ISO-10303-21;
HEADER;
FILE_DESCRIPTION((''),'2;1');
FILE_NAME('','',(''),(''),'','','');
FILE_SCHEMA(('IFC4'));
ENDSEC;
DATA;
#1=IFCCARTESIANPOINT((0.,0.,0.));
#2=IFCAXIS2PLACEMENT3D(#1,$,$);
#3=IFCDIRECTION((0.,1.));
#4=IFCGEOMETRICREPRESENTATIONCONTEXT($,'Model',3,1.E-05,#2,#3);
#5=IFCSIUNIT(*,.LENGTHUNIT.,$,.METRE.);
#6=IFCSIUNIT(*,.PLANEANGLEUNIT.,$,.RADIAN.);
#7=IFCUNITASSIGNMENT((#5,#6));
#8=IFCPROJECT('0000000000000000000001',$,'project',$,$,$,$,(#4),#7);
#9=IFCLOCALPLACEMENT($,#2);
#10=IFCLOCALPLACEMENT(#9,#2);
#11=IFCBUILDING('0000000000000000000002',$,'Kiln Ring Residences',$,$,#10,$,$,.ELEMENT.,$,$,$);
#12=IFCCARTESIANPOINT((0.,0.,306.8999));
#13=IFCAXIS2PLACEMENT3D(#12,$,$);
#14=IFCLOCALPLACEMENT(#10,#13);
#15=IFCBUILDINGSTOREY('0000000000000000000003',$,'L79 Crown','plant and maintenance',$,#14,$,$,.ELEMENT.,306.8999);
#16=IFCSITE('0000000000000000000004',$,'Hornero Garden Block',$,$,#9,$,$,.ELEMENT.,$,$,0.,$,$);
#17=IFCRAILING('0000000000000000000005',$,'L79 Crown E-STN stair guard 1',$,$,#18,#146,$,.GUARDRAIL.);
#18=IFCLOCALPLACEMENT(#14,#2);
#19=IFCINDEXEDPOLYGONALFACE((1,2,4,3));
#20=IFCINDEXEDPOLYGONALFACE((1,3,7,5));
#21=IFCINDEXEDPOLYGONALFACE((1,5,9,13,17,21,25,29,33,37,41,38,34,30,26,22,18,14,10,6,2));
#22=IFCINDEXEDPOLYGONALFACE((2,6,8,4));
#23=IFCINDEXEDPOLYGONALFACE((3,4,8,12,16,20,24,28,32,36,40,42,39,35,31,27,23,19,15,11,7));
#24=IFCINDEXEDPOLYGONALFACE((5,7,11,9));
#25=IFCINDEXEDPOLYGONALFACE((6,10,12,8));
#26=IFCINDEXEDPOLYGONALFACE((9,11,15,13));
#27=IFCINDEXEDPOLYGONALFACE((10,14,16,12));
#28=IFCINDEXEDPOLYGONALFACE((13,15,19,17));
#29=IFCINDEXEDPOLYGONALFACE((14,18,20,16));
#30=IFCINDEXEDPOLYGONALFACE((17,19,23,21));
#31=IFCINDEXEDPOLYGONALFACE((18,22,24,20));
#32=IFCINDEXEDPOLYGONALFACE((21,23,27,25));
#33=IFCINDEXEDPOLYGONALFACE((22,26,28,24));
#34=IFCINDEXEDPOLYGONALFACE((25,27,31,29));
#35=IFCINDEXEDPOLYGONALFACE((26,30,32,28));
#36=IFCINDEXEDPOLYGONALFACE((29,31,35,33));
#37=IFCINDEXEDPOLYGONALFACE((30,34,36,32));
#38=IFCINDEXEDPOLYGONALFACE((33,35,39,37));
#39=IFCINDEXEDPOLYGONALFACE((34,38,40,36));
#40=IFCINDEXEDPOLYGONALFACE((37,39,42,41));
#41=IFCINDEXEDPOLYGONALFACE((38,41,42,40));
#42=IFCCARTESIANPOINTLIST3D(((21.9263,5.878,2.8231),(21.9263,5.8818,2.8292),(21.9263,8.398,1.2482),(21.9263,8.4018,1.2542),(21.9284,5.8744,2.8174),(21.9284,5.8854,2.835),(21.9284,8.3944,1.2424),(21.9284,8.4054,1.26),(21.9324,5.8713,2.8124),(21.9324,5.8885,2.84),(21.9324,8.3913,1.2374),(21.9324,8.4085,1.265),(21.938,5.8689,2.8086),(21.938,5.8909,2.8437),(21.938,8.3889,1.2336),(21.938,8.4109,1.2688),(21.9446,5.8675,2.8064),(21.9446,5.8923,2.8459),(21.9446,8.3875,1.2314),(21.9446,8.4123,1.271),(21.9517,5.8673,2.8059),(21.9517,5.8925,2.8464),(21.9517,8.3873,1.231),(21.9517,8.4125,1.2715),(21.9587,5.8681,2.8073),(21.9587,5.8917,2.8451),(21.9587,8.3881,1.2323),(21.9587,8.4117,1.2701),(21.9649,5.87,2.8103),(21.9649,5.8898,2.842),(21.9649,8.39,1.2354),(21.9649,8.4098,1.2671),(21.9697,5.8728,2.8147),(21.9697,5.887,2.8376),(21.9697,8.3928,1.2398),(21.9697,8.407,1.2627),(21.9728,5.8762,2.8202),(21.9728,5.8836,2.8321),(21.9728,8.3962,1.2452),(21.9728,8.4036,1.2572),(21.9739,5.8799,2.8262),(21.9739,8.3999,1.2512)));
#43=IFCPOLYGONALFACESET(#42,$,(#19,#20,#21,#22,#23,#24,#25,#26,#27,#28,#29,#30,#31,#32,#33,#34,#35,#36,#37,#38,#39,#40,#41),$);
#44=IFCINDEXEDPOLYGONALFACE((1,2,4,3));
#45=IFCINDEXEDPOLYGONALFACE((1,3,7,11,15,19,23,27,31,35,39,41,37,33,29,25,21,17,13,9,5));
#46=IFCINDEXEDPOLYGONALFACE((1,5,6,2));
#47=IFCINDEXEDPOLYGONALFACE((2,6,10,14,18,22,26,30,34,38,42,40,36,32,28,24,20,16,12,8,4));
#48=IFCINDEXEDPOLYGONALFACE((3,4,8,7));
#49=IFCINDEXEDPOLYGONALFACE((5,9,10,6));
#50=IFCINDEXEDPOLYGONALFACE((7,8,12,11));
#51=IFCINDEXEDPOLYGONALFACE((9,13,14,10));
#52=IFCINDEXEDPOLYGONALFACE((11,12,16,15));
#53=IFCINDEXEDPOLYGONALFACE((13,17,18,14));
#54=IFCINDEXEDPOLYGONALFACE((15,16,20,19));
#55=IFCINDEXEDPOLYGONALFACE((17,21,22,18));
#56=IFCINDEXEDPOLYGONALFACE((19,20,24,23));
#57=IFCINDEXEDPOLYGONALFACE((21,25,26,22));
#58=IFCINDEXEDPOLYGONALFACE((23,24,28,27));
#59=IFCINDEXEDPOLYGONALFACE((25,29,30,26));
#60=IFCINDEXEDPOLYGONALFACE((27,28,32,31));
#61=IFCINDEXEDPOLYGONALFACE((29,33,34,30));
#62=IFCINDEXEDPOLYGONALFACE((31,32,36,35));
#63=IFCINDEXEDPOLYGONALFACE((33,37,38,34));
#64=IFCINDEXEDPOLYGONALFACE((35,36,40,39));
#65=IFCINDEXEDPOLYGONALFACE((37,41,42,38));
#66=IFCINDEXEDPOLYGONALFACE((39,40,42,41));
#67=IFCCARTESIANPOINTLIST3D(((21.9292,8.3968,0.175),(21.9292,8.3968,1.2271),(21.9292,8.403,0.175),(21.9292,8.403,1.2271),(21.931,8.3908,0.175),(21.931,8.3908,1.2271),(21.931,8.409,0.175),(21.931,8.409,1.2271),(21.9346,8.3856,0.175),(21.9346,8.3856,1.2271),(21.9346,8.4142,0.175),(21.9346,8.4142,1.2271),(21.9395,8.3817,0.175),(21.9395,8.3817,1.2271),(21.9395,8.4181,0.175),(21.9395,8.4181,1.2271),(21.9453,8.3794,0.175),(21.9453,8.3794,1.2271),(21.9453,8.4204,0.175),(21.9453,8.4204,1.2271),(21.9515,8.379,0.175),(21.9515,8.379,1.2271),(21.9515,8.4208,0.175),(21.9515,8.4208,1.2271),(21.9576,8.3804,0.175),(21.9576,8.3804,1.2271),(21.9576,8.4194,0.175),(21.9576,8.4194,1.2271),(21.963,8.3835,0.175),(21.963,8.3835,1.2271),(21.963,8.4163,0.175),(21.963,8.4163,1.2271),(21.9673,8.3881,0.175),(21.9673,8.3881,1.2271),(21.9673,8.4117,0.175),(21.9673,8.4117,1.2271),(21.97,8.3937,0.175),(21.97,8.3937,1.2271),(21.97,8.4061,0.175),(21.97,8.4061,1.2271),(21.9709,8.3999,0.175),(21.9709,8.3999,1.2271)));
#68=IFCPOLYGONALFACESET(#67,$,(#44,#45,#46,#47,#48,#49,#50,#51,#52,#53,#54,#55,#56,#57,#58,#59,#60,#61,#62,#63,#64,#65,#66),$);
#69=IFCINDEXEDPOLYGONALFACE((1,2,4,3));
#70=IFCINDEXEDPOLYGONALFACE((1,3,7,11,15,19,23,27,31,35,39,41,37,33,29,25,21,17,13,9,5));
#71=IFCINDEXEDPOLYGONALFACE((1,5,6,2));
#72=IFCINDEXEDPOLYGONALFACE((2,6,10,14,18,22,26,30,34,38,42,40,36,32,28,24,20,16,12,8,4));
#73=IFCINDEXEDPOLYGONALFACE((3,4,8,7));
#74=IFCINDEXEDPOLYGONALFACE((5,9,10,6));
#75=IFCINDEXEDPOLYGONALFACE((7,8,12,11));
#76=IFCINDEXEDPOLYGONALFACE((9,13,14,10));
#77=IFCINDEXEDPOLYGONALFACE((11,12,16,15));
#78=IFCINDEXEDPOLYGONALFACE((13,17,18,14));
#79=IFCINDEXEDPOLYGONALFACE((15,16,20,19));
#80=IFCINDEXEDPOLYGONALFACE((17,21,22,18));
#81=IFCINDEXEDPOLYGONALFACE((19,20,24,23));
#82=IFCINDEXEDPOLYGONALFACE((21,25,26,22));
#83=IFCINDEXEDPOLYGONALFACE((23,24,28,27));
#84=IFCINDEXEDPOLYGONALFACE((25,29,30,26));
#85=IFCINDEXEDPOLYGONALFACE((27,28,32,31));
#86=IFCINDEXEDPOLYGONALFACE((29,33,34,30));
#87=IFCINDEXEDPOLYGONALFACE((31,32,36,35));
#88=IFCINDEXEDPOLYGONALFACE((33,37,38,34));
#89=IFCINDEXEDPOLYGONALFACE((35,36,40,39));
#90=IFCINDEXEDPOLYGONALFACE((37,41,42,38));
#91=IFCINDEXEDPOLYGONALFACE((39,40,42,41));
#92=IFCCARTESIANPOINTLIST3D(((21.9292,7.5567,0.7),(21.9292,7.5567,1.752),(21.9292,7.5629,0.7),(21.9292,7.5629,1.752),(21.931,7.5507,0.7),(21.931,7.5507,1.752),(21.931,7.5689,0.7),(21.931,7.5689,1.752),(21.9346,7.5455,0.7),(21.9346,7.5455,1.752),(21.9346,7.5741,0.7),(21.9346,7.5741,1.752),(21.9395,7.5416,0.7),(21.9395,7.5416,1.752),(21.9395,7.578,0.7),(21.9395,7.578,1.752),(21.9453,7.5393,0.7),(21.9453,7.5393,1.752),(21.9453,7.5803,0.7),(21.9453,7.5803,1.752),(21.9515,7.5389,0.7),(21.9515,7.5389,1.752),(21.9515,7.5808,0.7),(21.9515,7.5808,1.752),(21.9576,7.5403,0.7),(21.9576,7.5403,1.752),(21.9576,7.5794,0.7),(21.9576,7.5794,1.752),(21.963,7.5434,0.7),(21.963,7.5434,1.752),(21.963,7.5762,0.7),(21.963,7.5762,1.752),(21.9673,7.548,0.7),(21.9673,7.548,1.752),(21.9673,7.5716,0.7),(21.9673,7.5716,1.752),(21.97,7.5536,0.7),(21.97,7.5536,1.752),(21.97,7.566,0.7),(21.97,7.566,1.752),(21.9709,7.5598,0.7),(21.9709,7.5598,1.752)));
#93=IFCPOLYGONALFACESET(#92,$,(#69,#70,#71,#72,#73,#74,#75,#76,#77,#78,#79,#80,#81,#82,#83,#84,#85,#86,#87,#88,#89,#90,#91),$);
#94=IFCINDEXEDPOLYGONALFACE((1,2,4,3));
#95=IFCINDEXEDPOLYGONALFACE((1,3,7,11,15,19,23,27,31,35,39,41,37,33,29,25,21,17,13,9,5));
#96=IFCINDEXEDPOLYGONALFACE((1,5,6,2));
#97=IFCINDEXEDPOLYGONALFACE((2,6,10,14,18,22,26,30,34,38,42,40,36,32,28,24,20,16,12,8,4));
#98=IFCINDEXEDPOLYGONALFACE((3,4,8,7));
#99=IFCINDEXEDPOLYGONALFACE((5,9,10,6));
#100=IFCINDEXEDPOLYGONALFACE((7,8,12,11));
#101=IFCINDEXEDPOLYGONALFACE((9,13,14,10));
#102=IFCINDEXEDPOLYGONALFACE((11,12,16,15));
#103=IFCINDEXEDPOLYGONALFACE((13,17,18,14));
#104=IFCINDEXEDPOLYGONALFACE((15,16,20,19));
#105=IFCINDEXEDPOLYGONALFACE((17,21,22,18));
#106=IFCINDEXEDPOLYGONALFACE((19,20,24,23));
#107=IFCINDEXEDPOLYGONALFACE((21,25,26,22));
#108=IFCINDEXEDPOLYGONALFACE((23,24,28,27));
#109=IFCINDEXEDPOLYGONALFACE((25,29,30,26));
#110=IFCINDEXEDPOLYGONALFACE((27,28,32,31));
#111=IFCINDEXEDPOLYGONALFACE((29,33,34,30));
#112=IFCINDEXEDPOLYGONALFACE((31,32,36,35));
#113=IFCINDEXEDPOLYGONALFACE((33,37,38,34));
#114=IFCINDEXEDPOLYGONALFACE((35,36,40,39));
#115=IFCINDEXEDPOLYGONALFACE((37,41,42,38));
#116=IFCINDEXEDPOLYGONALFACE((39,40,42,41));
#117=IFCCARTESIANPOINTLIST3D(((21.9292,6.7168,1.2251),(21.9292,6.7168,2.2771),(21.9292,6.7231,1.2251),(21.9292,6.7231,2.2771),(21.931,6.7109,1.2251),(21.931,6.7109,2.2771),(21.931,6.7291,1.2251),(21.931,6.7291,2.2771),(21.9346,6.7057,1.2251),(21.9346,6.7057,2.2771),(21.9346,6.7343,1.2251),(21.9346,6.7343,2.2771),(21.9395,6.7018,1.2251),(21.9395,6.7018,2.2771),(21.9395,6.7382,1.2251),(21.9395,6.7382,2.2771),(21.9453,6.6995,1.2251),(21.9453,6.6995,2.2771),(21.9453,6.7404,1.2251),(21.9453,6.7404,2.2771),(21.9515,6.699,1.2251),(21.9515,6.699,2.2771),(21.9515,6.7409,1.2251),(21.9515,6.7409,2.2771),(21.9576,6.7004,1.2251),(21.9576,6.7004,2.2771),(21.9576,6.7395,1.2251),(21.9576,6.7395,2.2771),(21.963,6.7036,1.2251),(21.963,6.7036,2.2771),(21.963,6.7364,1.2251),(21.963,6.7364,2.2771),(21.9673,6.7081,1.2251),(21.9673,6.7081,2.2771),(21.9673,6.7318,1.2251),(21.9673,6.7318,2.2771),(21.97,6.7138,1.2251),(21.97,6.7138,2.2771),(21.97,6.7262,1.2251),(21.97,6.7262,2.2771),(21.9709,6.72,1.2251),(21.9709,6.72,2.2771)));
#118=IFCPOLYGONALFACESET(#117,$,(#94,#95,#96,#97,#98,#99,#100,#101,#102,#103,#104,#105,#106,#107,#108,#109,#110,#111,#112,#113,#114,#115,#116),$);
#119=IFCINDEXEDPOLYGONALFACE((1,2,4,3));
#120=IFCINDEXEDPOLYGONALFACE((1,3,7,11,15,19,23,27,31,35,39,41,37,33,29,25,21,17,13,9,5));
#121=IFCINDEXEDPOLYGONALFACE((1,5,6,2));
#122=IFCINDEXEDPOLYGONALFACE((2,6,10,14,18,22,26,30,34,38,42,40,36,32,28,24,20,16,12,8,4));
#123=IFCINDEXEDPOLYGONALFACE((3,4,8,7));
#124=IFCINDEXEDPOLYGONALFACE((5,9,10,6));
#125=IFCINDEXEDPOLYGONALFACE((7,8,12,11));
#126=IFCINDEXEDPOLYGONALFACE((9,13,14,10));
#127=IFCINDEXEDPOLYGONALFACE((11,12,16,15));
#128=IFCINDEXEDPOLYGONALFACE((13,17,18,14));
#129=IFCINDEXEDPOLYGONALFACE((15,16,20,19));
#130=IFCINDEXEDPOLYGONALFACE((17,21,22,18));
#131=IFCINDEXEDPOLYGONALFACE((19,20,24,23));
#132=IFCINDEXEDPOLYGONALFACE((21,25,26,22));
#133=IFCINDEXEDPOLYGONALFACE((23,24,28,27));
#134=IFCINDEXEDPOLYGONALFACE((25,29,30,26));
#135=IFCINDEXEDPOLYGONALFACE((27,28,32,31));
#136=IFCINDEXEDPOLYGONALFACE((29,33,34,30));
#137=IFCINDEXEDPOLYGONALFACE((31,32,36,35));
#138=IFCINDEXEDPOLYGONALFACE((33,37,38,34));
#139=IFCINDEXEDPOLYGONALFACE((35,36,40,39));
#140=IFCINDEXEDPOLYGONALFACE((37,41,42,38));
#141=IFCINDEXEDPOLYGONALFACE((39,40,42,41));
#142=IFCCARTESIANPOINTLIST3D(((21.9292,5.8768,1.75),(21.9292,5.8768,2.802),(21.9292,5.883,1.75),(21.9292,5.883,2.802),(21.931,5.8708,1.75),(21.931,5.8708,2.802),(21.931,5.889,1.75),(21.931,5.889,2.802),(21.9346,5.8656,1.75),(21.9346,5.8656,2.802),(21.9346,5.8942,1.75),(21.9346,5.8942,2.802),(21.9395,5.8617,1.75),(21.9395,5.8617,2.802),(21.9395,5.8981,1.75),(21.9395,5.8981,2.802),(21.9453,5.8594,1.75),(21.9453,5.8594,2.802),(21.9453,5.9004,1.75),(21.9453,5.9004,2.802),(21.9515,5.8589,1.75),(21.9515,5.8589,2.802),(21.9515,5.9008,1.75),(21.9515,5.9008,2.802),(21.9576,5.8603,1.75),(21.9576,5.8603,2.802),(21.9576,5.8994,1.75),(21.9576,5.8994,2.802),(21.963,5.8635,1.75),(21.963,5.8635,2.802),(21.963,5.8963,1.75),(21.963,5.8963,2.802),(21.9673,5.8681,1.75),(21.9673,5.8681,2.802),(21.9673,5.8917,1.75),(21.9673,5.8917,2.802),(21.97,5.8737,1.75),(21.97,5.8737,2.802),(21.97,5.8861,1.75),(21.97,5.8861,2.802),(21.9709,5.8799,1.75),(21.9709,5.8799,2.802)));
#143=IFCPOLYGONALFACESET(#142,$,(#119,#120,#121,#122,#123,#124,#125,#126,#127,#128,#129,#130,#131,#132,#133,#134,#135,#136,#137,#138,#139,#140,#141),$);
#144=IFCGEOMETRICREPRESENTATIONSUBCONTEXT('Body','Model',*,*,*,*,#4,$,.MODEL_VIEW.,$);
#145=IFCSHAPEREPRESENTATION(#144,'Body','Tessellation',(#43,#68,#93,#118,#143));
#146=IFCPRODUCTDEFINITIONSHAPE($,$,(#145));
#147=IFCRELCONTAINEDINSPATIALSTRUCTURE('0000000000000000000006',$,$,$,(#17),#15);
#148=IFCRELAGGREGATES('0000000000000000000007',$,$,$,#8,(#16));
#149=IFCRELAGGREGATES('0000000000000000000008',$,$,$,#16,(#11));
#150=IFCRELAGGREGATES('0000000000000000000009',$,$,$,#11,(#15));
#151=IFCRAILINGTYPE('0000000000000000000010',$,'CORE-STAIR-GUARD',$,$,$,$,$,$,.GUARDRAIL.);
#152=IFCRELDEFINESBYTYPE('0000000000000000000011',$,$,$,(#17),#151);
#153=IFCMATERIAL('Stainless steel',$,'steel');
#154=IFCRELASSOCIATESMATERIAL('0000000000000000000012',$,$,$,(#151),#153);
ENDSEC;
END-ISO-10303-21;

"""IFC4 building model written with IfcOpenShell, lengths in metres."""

from ifc_helpers import new_model, si_unit, direction, frame, origin, origin_2d, place, context, subcontext, project, spatial, circle, extrude, material, type_object, element, save


model = new_model("IFC4")

# Units and contexts
model_context = context("Model", 3, precision=1e-05, world=origin(), true_north=direction((0.0, 1.0)))
body_context = subcontext(model_context, "Body", "Model", "MODEL_VIEW")
ifc_project = project(units=[si_unit("LENGTHUNIT", "METRE"), si_unit("PLANEANGLEUNIT", "RADIAN")], contexts=[model_context])

# Site, building, storey
site_placement = place(None, origin())
site = spatial("IfcSite", under=ifc_project, at=site_placement, Name="Hornero Garden Block", CompositionType="ELEMENT", RefElevation=0.0)
building_placement = place(site_placement, origin())
building = spatial("IfcBuilding", under=site, at=building_placement, Name="Kiln Ring Residences", CompositionType="ELEMENT")
storey_placement = place(building_placement, frame((0.0, 0.0, 306.8999)))
storey = spatial("IfcBuildingStorey", under=building, at=storey_placement, Name="L79 Crown", Description="plant and maintenance", CompositionType="ELEMENT", Elevation=306.8999)

# Railing
ifc_material_1 = material(Name="Stainless steel", Category="steel")
railing_type_1 = type_object("IfcRailingType", Name="CORE-STAIR-GUARD", PredefinedType="GUARDRAIL", material=ifc_material_1)
railing_1_placement = place(storey_placement, frame((21.95, 8.3999, 0.175)))
element("IfcRailing", 1, at=railing_1_placement, inside=storey, type_object=railing_type_1, Name="L79 Crown E-STN stair guard 1", PredefinedType="GUARDRAIL", context=body_context, shape_type="SweptSolid", body=[
    extrude(circle(Radius=0.0239, at=origin_2d()), frame((0.0, 0.0, 1.0762), z_axis=(0.0, -0.848008, 0.529984), x_axis=(1.0, 0.0, 0.0)), (0.0, 0.0, 1.0), 2.9717),
    extrude(circle(Radius=0.021, at=origin_2d()), origin(), (0.0, 0.0, 1.0), 1.052),
    extrude(circle(Radius=0.021, at=origin_2d()), frame((0.0, -0.8401, 0.5249)), (0.0, 0.0, 1.0), 1.052),
    extrude(circle(Radius=0.021, at=origin_2d()), frame((0.0, -1.6799, 1.05)), (0.0, 0.0, 1.0), 1.052),
    extrude(circle(Radius=0.021, at=origin_2d()), frame((0.0, -2.52, 1.575)), (0.0, 0.0, 1.0), 1.052),
])

save(model, "model.ifc")
